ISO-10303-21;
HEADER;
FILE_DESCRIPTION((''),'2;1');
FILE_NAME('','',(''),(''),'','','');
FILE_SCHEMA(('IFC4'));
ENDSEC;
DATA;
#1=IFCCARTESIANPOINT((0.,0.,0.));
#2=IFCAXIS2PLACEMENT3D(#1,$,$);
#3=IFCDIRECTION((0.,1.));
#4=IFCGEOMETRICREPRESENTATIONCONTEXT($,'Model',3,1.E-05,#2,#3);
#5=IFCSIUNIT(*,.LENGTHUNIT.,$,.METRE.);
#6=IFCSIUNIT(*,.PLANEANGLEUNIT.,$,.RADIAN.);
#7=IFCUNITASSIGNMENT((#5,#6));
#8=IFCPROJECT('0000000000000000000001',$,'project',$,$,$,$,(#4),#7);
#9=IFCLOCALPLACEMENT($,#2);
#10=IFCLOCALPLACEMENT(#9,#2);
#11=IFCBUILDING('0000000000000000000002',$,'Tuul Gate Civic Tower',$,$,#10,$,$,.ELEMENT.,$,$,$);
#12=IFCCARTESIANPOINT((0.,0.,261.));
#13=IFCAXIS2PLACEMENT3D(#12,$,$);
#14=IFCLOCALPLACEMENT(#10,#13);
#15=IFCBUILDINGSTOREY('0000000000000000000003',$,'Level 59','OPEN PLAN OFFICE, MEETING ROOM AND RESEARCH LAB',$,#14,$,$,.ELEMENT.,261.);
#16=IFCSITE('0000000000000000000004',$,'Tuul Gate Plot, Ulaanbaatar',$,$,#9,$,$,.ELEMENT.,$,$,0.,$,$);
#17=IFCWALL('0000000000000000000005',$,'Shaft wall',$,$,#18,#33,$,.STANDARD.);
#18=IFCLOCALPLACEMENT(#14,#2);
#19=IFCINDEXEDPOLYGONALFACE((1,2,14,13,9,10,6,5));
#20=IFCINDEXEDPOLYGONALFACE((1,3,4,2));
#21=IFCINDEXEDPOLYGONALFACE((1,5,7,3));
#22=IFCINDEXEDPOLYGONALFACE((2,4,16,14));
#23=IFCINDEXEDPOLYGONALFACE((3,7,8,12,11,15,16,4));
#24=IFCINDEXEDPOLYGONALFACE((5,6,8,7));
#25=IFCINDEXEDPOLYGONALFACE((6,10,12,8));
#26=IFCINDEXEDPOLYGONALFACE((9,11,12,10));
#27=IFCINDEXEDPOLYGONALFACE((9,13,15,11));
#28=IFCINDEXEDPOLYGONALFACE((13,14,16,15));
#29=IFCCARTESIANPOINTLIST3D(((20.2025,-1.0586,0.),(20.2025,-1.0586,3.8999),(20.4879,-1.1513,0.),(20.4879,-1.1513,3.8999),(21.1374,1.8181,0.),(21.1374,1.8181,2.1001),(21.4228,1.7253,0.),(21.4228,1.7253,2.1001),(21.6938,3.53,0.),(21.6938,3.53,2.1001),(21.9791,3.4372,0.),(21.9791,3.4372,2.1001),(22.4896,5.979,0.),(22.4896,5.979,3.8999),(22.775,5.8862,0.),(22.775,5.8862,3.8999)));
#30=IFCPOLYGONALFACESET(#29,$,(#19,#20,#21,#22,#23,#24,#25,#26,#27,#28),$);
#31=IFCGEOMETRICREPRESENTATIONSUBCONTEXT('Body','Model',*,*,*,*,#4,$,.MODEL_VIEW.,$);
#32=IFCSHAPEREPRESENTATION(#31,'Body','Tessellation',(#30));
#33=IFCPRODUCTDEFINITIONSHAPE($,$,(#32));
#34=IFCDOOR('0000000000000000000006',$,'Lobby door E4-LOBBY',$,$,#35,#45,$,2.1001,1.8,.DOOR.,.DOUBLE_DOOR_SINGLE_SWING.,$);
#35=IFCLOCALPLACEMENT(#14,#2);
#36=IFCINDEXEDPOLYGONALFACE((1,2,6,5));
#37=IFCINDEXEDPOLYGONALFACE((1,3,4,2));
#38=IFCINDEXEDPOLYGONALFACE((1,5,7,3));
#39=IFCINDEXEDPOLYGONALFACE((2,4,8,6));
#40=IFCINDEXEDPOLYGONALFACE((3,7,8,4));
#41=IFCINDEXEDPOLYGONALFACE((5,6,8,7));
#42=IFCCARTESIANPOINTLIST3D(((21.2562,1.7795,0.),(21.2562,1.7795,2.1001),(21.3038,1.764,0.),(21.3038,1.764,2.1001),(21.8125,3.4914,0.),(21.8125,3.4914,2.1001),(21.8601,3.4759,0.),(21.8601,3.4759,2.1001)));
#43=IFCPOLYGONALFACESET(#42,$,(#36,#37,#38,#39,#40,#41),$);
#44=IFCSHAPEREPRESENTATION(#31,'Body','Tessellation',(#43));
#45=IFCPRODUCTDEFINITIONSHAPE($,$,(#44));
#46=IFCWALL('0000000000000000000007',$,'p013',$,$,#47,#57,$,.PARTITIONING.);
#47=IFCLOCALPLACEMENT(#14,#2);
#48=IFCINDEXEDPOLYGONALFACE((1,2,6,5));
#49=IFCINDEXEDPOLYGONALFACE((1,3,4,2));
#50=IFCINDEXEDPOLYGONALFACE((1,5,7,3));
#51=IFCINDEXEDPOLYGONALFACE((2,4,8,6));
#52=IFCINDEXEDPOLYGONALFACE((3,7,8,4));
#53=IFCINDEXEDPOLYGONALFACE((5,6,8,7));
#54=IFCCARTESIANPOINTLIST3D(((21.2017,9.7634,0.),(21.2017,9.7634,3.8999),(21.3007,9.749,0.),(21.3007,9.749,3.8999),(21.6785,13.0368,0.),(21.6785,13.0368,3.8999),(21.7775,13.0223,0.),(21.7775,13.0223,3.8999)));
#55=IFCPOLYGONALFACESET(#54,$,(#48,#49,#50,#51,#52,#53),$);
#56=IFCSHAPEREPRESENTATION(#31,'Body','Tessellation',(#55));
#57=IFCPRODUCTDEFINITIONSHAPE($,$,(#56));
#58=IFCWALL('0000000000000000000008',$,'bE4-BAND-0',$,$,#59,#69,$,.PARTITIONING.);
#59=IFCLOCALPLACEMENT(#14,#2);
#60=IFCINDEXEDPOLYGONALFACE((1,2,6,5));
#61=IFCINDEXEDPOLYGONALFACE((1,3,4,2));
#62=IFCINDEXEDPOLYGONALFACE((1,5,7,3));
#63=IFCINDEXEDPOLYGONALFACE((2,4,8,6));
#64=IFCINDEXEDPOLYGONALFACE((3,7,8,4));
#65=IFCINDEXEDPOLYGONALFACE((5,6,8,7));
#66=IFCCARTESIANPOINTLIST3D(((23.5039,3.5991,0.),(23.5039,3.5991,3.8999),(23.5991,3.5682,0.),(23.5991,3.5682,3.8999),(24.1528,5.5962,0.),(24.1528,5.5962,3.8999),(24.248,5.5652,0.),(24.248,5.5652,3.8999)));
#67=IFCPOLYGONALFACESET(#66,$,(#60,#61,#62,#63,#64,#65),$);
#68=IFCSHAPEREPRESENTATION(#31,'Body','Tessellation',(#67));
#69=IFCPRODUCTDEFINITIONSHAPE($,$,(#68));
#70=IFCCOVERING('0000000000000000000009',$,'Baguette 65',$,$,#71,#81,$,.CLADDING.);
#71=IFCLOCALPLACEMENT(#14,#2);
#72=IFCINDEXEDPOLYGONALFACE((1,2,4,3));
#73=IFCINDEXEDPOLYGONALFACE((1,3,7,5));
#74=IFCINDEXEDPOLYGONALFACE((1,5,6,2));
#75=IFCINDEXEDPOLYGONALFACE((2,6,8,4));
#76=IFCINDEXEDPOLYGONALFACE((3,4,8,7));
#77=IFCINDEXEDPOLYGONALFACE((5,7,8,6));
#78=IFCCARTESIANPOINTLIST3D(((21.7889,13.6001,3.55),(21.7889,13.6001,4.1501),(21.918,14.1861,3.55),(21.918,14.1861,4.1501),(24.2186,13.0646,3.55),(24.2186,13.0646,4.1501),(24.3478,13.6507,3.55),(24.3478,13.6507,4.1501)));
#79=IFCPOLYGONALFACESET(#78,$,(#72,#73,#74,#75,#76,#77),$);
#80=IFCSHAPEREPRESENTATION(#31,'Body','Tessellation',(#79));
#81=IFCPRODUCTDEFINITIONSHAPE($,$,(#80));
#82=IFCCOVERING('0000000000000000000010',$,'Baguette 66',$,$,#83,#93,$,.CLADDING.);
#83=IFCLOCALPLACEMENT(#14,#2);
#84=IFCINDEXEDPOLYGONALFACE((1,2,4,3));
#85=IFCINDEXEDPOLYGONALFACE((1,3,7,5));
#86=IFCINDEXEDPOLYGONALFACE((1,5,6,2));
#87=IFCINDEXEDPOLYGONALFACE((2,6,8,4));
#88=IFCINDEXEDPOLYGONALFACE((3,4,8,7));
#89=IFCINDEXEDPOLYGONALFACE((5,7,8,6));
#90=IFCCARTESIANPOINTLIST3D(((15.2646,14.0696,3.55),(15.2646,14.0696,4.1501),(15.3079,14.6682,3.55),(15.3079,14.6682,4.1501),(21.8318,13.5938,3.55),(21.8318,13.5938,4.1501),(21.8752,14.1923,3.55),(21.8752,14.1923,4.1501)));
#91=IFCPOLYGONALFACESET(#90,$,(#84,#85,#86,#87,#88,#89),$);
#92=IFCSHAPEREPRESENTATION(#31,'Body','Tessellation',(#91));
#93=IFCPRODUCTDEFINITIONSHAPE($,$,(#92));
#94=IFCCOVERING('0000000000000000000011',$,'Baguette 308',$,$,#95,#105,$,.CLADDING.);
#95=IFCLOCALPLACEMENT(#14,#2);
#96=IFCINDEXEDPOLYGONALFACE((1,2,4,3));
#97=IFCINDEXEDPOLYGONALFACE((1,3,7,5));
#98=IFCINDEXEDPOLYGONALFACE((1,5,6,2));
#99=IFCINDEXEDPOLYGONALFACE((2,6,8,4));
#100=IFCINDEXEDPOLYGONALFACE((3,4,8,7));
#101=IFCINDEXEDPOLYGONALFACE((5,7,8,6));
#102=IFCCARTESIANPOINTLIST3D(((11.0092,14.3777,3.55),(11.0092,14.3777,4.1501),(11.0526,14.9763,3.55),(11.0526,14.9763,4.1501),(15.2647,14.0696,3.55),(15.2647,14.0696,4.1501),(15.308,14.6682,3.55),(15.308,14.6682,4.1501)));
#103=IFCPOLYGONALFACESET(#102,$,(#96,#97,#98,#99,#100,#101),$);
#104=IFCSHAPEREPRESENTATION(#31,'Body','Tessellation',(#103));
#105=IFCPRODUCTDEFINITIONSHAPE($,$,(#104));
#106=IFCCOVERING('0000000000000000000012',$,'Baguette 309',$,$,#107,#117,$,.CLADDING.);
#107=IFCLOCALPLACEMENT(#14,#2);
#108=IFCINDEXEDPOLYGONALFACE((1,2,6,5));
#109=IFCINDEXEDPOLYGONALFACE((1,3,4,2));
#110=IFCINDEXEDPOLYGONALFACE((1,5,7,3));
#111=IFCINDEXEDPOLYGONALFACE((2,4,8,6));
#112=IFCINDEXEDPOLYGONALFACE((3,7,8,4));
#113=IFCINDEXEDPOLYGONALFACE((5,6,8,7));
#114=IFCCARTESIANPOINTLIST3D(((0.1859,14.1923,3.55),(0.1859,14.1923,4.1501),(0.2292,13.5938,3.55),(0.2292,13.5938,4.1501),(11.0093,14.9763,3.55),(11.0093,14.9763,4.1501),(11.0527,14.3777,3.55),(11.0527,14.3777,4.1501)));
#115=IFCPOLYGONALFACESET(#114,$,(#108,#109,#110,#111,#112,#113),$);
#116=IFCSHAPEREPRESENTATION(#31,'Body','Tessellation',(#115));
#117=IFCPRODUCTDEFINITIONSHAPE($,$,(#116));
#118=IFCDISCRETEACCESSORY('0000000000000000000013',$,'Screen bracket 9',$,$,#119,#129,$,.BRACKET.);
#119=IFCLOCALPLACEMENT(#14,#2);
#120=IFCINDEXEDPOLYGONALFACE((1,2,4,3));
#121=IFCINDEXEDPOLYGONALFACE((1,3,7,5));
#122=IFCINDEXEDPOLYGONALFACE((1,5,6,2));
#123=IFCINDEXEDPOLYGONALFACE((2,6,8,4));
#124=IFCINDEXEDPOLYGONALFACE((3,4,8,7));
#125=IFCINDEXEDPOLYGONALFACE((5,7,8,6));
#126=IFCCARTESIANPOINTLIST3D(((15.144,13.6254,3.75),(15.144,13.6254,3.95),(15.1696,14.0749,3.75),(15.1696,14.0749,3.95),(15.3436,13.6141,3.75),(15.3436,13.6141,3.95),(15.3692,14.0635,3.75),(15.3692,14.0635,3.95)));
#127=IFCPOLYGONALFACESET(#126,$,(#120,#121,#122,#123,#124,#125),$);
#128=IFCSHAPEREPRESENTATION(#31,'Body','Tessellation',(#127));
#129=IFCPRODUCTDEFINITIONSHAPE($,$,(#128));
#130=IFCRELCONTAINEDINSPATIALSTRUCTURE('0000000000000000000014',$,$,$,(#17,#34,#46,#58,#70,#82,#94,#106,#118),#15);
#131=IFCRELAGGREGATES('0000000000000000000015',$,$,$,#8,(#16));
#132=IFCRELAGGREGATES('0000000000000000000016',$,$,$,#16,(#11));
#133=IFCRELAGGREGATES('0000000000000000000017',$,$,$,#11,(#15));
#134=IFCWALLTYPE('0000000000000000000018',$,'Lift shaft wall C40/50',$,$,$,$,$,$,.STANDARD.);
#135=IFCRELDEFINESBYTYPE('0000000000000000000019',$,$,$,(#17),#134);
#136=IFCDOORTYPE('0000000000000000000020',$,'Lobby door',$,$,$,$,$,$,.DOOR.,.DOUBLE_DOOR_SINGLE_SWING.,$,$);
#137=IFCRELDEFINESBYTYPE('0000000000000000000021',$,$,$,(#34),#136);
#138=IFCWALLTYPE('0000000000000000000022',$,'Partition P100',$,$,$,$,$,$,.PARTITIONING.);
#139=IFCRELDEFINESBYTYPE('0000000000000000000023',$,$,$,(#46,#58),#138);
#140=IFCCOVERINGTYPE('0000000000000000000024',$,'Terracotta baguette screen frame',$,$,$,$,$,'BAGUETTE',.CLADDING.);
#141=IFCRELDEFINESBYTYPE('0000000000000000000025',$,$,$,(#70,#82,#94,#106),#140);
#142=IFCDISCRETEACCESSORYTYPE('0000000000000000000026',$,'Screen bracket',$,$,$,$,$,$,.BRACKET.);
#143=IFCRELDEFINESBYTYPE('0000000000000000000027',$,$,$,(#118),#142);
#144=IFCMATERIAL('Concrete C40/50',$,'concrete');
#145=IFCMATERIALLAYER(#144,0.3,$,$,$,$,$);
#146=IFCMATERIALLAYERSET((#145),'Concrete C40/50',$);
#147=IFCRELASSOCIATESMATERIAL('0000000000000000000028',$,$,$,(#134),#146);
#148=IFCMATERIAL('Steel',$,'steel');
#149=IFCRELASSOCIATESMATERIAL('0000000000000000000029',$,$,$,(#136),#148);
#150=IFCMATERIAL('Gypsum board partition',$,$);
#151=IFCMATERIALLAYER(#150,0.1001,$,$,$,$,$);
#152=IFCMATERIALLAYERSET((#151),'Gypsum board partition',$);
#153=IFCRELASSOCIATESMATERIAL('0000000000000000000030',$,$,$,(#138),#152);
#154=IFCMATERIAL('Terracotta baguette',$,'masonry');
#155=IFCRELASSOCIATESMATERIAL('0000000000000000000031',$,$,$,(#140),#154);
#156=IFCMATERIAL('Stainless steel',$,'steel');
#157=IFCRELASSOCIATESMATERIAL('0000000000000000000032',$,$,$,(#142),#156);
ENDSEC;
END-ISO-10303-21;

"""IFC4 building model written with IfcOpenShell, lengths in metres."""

from ifc_helpers import new_model, si_unit, direction, frame, frame_2d, origin, origin_2d, place, context, subcontext, project, spatial, rectangle, extrude, material, layer, layer_set, material_profile, profile_set, type_object, element, fill, save


model = new_model("IFC4")

# Units and contexts
model_context = context("Model", 3, precision=1e-05, world=origin(), true_north=direction((0.0, 1.0)))
body_context = subcontext(model_context, "Body", "Model", "MODEL_VIEW")
ifc_project = project(units=[si_unit("LENGTHUNIT", "METRE"), si_unit("PLANEANGLEUNIT", "RADIAN")], contexts=[model_context])

# Site, building, storey
site_placement = place(None, origin())
site = spatial("IfcSite", under=ifc_project, at=site_placement, Name="Tuul Gate Plot, Ulaanbaatar", CompositionType="ELEMENT", RefElevation=0.0)
building_placement = place(site_placement, origin())
building = spatial("IfcBuilding", under=site, at=building_placement, Name="Tuul Gate Civic Tower", CompositionType="ELEMENT")
storey_placement = place(building_placement, frame((0.0, 0.0, 261.0)))
storey = spatial("IfcBuildingStorey", under=building, at=storey_placement, Name="Level 59", Description="OPEN PLAN OFFICE, MEETING ROOM AND RESEARCH LAB", CompositionType="ELEMENT", Elevation=261.0)

# Shared definitions
ifc_material_1 = material(Name="Concrete C40/50", Category="concrete")
ifc_layer_1 = layer(ifc_material_1, 0.3)
ifc_layer_set_1 = layer_set([ifc_layer_1], Name="Concrete C40/50")
wall_type_1 = type_object("IfcWallType", Name="Lift shaft wall C40/50", PredefinedType="STANDARD", material=ifc_layer_set_1)

# Wall, opening, door
wall_1_placement = place(storey_placement, frame((20.3452, -1.105, 0.0), z_axis=(0.0, 0.0, 1.0), x_axis=(0.309073, 0.951038, 0.0)))
wall_1 = element("IfcWall", 1, at=wall_1_placement, inside=storey, type_object=wall_type_1, Name="Shaft wall", PredefinedType="STANDARD", context=body_context, shape_type="SweptSolid", body=[
    extrude(rectangle(XDim=7.3999, YDim=0.3, at=frame_2d((3.7, 0.0))), origin(), (0.0, 0.0, 1.0), 3.8999),
])
opening_1_placement = place(wall_1_placement, frame((3.0249, 0.0, 0.0)))
opening_1 = element("IfcOpeningElement", 2, at=opening_1_placement, cuts=wall_1, PredefinedType="OPENING", context=body_context, shape_type="SweptSolid", body=[
    extrude(rectangle(XDim=1.8, YDim=2.1001, at=frame_2d((0.8999, 1.05))), frame((0.0, 0.1602, 0.0), z_axis=(0.0, -1.0, 0.0), x_axis=(1.0, 0.0, 0.0)), (0.0, 0.0, 1.0), 0.3201),
])
ifc_material_2 = material(Name="Steel", Category="steel")
door_type_1 = type_object("IfcDoorType", Name="Lobby door", OperationType="DOUBLE_DOOR_SINGLE_SWING", PredefinedType="DOOR", material=ifc_material_2)
door_1_placement = place(opening_1_placement, frame((1.8, 0.0, 0.0), z_axis=(0.0, 0.0, 1.0), x_axis=(-1.0, 0.0, 0.0)))
door_1 = element("IfcDoor", 3, at=door_1_placement, inside=storey, type_object=door_type_1, Name="Lobby door E4-LOBBY", OperationType="DOUBLE_DOOR_SINGLE_SWING", OverallHeight=2.1001, OverallWidth=1.8, PredefinedType="DOOR", context=body_context, shape_type="SweptSolid", body=[
    extrude(rectangle(XDim=1.8, YDim=2.1001, at=frame_2d((0.9001, 1.05))), frame((0.0, 0.0249, 0.0), z_axis=(0.0, -1.0, 0.0), x_axis=(1.0, 0.0, 0.0)), (0.0, 0.0, 1.0), 0.05),
])
fill(opening_1, door_1)

# Walls
ifc_material_3 = material(Name="Gypsum board partition")
ifc_layer_2 = layer(ifc_material_3, 0.1001)
ifc_layer_set_2 = layer_set([ifc_layer_2], Name="Gypsum board partition")
wall_type_2 = type_object("IfcWallType", Name="Partition P100", PredefinedType="PARTITIONING", material=ifc_layer_set_2)
wall_2_placement = place(storey_placement, frame((21.2512, 9.7563, 0.0), z_axis=(0.0, 0.0, 1.0), x_axis=(0.144138, 0.989558, 0.0)))
element("IfcWall", 4, at=wall_2_placement, inside=storey, type_object=wall_type_2, Name="p013", PredefinedType="PARTITIONING", context=body_context, shape_type="SweptSolid", body=[
    extrude(rectangle(XDim=3.3079, YDim=0.1001, at=frame_2d((1.6538, 0.0))), origin(), (0.0, 0.0, 1.0), 3.8999),
])
wall_3_placement = place(storey_placement, frame((23.5515, 3.5837, 0.0), z_axis=(0.0, 0.0, 1.0), x_axis=(0.309033, 0.951051, 0.0)))
element("IfcWall", 5, at=wall_3_placement, inside=storey, type_object=wall_type_2, Name="bE4-BAND-0", PredefinedType="PARTITIONING", context=body_context, shape_type="SweptSolid", body=[
    extrude(rectangle(XDim=2.0999, YDim=0.1001, at=frame_2d((1.0498, 0.0))), origin(), (0.0, 0.0, 1.0), 3.8999),
])

# Coverings
ifc_material_4 = material(Name="Terracotta baguette", Category="masonry")
ifc_material_profile_1 = material_profile(ifc_material_4, rectangle(XDim=0.6001, YDim=0.6001, at=origin_2d()), Name="Terracotta baguette screen frame")
ifc_profile_set_1 = profile_set([ifc_material_profile_1], Name="Terracotta baguette")
covering_type = type_object("IfcCoveringType", Name="Terracotta baguette screen frame", ElementType="BAGUETTE", PredefinedType="CLADDING", material=ifc_profile_set_1)
covering_1_placement = place(storey_placement, frame((24.2832, 13.3577, 3.8501), z_axis=(-0.976571, 0.215195, 0.0), x_axis=(-0.215195, -0.976571, 0.0)))
element("IfcCovering", 6, at=covering_1_placement, inside=storey, type_object=covering_type, Name="Baguette 65", PredefinedType="CLADDING", context=body_context, shape_type="SweptSolid", body=[
    extrude(rectangle(XDim=0.6001, YDim=0.6001, at=origin_2d()), origin(), (0.0, 0.0, 1.0), 2.488),
])
covering_2_placement = place(storey_placement, frame((21.8535, 13.8931, 3.8501), z_axis=(-0.997385, 0.072267, 0.0), x_axis=(-0.072267, -0.997385, 0.0)))
element("IfcCovering", 7, at=covering_2_placement, inside=storey, type_object=covering_type, Name="Baguette 66", PredefinedType="CLADDING", context=body_context, shape_type="SweptSolid", body=[
    extrude(rectangle(XDim=0.6001, YDim=0.6001, at=origin_2d()), origin(), (0.0, 0.0, 1.0), 6.5845),
])
covering_3_placement = place(storey_placement, frame((15.2864, 14.3689, 3.8501), z_axis=(-0.997389, 0.072215, 0.0), x_axis=(-0.072215, -0.997389, 0.0)))
element("IfcCovering", 8, at=covering_3_placement, inside=storey, type_object=covering_type, Name="Baguette 308", PredefinedType="CLADDING", context=body_context, shape_type="SweptSolid", body=[
    extrude(rectangle(XDim=0.6001, YDim=0.6001, at=origin_2d()), origin(), (0.0, 0.0, 1.0), 4.2666),
])
covering_4_placement = place(storey_placement, frame((11.031, 14.677, 3.8501), z_axis=(-0.997387, -0.07224, 0.0), x_axis=(0.07224, -0.997387, 0.0)))
element("IfcCovering", 9, at=covering_4_placement, inside=storey, type_object=covering_type, Name="Baguette 309", PredefinedType="CLADDING", context=body_context, shape_type="SweptSolid", body=[
    extrude(rectangle(XDim=0.6001, YDim=0.6001, at=origin_2d()), origin(), (0.0, 0.0, 1.0), 10.8518),
])

# Discrete accessory
ifc_material_5 = material(Name="Stainless steel", Category="steel")
discrete_accessory_type = type_object("IfcDiscreteAccessoryType", Name="Screen bracket", PredefinedType="BRACKET", material=ifc_material_5)
discrete_accessory_placement = place(storey_placement, frame((15.2566, 13.8445, 3.75), z_axis=(0.0, 0.0, 1.0), x_axis=(0.056806, 0.998385, 0.0)))
element("IfcDiscreteAccessory", 10, at=discrete_accessory_placement, inside=storey, type_object=discrete_accessory_type, Name="Screen bracket 9", PredefinedType="BRACKET", context=body_context, shape_type="SweptSolid", body=[
    extrude(rectangle(XDim=0.4502, YDim=0.2, at=origin_2d()), origin(), (0.0, 0.0, 1.0), 0.2),
])

save(model, "model.ifc")
